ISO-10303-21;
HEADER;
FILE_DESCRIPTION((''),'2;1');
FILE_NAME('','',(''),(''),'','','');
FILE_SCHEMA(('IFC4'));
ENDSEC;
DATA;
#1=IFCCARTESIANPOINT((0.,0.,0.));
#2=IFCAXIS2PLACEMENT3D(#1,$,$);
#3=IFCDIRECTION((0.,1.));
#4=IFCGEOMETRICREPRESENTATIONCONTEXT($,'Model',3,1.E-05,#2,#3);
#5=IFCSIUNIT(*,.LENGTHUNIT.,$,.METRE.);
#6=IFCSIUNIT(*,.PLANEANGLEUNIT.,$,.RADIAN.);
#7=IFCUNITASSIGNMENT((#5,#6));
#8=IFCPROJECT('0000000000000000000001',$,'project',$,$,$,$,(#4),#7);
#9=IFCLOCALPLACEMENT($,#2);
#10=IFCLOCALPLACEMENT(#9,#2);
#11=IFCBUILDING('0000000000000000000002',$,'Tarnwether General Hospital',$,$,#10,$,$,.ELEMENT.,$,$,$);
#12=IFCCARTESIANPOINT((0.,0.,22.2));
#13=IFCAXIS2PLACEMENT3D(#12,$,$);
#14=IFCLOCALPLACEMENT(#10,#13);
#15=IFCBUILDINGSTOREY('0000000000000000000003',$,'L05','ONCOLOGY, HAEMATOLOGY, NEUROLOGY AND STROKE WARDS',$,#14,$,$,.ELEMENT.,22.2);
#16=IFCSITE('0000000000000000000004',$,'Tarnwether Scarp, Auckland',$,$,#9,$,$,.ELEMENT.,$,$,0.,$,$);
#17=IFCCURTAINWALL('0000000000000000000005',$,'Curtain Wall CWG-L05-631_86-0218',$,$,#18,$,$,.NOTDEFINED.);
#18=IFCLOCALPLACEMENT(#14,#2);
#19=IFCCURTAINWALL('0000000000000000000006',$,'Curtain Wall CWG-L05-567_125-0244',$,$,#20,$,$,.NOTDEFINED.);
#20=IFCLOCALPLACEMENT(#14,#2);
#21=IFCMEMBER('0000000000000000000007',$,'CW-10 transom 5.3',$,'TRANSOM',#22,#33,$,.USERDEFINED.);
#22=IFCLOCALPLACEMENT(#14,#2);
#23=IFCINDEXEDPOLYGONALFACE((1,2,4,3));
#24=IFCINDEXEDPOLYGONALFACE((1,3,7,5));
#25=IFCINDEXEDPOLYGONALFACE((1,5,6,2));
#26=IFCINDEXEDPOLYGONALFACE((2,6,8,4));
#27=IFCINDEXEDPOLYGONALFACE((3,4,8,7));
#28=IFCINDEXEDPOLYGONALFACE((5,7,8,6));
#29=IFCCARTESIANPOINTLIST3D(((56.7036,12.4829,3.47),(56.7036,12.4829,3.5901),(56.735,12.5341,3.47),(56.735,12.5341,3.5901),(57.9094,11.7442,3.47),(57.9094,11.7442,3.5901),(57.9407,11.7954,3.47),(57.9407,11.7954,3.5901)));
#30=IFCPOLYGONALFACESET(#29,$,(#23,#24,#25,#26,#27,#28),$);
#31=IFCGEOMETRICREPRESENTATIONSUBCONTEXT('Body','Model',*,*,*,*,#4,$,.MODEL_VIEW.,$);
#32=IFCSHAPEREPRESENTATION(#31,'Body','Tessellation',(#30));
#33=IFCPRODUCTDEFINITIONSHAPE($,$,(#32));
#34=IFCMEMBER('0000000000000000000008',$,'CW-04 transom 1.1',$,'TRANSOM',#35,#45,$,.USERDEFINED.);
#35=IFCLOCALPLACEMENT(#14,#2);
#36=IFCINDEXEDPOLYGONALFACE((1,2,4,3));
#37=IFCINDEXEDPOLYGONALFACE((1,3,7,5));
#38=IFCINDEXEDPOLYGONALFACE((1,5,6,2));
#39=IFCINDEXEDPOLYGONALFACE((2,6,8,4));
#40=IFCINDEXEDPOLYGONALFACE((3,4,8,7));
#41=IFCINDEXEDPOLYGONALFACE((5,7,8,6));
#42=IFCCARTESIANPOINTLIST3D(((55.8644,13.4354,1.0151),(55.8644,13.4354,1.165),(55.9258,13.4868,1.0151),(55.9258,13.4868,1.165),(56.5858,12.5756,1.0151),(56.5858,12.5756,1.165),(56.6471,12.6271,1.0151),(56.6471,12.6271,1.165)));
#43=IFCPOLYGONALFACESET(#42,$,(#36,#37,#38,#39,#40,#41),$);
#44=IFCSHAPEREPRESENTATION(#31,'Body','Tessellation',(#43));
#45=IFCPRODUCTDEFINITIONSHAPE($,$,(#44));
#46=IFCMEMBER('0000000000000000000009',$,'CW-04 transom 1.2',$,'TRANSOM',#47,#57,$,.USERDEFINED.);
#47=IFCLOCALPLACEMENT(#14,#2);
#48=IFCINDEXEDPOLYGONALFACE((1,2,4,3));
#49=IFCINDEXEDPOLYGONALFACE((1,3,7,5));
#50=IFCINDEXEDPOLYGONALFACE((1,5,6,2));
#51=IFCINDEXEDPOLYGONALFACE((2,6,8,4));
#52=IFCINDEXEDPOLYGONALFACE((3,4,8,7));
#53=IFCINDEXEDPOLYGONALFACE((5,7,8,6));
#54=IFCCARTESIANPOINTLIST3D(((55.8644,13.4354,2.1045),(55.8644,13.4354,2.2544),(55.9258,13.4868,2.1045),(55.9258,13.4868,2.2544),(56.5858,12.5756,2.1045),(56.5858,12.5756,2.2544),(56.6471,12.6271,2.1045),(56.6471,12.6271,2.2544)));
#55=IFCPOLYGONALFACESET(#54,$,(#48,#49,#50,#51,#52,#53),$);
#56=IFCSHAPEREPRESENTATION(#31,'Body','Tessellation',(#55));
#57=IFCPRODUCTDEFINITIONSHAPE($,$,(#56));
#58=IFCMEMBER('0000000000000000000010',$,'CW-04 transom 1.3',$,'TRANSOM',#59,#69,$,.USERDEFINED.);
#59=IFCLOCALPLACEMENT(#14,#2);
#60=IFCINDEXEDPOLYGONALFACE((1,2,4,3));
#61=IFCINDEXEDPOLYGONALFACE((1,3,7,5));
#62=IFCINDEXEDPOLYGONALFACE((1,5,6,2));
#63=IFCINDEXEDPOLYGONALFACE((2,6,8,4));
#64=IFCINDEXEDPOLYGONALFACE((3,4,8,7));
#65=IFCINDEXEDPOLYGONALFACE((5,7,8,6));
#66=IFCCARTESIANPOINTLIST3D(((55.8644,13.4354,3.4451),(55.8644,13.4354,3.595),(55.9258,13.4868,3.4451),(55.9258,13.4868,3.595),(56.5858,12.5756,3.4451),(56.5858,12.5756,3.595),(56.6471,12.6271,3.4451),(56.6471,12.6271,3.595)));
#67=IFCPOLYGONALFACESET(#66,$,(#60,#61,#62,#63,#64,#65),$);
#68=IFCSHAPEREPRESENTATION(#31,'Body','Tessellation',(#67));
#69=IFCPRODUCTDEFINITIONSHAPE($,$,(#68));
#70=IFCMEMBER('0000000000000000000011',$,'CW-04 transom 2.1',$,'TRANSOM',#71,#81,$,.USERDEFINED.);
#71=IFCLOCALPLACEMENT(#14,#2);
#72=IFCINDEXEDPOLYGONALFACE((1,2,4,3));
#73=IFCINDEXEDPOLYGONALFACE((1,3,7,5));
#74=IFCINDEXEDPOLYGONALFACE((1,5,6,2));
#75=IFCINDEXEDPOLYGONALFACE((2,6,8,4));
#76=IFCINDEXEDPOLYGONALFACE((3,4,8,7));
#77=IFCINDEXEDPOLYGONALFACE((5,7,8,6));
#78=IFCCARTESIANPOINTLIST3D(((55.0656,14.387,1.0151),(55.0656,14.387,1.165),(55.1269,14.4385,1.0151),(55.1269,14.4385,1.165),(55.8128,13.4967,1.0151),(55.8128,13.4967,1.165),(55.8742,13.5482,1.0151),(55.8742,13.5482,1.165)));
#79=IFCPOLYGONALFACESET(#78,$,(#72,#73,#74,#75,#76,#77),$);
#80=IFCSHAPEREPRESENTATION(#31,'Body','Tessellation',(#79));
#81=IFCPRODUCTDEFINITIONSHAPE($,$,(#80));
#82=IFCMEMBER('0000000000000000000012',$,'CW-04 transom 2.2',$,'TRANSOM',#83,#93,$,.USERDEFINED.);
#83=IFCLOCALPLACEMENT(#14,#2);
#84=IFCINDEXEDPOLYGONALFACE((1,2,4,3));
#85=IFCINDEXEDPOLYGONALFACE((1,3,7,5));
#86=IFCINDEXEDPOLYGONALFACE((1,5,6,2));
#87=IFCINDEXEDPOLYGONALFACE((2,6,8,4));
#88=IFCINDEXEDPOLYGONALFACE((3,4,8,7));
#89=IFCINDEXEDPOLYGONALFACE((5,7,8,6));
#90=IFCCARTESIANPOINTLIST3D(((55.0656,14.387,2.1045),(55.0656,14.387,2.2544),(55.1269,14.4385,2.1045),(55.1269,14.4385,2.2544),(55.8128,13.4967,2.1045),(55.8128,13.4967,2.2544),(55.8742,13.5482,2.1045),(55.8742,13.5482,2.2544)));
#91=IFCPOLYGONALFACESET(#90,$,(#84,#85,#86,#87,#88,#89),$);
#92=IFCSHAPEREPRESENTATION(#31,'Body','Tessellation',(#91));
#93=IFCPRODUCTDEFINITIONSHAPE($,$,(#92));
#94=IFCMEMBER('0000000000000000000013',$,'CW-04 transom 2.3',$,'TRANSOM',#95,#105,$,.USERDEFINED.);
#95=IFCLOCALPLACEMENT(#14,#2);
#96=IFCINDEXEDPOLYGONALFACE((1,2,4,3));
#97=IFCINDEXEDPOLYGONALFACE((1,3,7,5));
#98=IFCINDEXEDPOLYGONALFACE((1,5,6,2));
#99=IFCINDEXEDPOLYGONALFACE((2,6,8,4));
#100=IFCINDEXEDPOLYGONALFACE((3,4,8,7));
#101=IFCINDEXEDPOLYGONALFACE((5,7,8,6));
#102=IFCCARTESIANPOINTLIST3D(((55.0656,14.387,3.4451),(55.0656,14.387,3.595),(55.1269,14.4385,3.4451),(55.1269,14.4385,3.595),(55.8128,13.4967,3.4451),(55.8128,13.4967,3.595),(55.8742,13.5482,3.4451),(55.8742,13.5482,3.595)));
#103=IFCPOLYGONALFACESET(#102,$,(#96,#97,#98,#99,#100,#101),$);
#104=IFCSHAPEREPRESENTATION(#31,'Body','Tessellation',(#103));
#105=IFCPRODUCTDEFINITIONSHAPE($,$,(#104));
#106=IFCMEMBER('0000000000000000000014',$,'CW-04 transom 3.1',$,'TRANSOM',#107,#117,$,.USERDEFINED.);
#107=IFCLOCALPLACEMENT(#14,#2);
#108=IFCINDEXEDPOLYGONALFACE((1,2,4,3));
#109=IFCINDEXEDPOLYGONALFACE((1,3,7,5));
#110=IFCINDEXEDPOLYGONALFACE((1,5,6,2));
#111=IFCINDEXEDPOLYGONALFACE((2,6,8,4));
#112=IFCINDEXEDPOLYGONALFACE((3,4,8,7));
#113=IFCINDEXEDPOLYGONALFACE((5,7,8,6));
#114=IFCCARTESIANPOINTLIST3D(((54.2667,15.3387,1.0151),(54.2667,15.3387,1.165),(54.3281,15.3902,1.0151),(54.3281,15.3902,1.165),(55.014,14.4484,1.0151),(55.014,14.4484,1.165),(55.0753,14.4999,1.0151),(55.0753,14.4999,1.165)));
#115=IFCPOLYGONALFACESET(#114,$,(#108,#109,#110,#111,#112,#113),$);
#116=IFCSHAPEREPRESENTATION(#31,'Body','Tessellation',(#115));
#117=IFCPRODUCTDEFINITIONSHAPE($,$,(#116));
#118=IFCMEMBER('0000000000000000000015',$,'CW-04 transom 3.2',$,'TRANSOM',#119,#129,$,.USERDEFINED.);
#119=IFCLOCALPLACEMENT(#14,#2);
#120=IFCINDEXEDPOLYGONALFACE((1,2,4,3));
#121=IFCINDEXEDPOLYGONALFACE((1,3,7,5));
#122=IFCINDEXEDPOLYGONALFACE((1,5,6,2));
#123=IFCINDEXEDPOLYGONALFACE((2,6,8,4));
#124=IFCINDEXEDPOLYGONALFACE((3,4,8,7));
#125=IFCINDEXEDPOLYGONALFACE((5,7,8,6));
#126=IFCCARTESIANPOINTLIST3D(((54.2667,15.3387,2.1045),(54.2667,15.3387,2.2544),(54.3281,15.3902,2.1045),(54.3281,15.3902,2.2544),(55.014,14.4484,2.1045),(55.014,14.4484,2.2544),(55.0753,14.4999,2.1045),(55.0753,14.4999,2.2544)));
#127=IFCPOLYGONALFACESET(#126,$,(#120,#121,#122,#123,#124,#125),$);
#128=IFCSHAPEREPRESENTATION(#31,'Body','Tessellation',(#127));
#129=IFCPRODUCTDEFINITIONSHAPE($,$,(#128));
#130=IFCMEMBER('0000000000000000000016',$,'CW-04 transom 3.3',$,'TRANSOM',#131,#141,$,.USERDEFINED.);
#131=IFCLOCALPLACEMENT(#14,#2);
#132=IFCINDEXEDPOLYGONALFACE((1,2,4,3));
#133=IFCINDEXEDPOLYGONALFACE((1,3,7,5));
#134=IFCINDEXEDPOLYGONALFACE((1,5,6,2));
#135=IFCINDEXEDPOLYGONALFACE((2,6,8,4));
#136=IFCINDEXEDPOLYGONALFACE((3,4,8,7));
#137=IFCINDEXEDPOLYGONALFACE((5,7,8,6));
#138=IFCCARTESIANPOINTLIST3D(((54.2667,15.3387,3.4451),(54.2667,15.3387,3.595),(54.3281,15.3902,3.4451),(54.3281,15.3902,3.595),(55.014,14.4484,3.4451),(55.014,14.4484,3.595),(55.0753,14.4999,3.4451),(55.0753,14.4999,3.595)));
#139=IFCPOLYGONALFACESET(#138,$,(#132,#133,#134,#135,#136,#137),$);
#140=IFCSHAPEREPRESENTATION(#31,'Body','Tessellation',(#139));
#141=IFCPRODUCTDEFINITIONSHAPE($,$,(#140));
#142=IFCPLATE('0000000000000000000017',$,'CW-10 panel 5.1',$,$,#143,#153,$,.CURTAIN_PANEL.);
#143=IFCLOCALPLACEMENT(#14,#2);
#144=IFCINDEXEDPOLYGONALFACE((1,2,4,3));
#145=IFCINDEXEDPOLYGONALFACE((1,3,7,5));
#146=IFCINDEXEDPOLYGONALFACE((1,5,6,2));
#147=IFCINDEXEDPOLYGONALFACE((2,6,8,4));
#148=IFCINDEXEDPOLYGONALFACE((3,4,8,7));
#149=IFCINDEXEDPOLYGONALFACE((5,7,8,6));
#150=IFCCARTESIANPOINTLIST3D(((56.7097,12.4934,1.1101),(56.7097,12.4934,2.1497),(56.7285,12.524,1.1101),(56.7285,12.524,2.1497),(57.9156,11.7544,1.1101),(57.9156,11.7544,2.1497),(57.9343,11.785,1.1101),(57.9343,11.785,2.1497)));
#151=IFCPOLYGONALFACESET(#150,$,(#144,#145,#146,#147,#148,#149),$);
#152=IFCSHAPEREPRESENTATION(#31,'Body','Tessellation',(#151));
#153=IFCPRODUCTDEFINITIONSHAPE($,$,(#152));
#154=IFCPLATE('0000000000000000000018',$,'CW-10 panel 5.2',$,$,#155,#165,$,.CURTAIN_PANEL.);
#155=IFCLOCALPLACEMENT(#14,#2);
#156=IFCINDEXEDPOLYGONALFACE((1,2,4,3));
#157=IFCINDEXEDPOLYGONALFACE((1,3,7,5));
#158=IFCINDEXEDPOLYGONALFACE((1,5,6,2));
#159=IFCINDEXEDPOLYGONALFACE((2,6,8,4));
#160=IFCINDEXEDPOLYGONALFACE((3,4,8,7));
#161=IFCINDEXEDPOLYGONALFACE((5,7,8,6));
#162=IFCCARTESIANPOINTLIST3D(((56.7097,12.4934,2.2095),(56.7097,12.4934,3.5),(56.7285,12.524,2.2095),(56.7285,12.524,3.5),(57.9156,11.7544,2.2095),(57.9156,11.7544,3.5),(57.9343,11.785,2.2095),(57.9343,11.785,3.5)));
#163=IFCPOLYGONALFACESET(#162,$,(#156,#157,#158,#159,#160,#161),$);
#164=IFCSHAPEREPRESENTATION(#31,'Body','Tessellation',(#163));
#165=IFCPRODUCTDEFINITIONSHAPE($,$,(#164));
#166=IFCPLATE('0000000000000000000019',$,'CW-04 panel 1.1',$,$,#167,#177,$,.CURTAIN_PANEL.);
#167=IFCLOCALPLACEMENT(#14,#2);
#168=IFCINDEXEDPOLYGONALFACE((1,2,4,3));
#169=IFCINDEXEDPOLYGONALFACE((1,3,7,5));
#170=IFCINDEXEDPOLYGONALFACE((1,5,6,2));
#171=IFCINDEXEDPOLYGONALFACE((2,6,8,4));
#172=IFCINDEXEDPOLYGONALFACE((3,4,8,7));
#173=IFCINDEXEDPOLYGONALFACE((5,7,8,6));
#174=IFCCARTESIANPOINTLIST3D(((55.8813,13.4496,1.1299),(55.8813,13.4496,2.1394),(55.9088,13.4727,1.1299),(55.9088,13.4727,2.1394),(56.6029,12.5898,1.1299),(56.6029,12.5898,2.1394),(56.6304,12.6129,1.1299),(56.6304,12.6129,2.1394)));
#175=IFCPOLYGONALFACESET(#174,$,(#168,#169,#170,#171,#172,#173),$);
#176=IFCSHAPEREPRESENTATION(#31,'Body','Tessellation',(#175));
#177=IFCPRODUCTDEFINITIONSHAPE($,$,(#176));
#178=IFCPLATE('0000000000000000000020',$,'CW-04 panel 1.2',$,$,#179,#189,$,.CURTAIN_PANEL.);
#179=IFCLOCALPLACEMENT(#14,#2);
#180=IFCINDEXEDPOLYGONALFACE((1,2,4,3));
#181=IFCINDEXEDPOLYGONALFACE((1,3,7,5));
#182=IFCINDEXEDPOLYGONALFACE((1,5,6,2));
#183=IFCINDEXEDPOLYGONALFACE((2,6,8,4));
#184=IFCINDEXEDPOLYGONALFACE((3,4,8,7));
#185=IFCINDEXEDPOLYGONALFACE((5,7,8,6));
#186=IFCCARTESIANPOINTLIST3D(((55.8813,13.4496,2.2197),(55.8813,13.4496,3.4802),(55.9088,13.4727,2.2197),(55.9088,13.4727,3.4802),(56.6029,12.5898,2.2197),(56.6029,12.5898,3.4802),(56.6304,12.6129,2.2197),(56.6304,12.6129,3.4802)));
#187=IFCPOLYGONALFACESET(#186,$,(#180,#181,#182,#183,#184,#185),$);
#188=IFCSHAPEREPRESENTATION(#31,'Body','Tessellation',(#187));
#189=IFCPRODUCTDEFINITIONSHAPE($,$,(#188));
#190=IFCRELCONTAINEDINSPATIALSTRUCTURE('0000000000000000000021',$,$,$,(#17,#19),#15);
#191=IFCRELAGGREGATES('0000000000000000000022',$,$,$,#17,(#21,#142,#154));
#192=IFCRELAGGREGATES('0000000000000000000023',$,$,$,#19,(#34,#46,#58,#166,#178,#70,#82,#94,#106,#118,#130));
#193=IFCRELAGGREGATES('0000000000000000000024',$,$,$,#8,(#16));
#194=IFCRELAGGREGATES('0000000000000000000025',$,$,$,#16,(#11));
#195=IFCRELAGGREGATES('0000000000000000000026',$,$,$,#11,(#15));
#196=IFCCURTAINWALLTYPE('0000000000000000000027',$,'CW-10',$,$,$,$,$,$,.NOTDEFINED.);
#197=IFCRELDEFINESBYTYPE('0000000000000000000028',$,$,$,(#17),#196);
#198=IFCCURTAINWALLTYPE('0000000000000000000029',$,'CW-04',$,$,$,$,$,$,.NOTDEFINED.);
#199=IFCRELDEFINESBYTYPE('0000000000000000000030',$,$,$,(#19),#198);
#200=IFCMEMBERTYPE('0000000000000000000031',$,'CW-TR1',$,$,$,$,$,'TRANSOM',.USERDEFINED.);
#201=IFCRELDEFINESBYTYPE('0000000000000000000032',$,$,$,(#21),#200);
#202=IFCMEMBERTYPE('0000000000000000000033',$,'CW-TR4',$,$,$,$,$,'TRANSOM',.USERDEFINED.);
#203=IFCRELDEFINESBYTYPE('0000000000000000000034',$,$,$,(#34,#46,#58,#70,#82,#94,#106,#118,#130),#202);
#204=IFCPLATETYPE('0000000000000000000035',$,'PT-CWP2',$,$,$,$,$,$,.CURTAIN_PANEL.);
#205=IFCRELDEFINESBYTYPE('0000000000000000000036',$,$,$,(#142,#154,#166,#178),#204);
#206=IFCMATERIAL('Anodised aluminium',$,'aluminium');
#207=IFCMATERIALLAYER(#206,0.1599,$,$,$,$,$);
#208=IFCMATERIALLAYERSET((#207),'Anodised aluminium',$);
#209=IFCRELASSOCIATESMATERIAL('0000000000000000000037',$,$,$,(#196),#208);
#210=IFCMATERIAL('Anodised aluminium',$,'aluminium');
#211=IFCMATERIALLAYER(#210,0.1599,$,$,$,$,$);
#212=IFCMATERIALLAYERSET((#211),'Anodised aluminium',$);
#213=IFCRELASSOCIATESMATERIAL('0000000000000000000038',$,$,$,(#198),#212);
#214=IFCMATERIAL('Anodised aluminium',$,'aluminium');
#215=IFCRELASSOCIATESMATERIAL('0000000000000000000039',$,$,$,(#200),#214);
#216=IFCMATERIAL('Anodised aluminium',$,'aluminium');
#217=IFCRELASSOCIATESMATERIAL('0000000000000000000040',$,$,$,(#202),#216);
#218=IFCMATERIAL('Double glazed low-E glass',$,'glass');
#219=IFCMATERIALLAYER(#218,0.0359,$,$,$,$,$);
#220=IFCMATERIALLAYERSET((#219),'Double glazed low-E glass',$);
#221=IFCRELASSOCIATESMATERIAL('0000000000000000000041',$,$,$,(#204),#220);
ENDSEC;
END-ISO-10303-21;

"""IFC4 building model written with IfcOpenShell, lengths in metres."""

from ifc_helpers import new_model, si_unit, direction, frame, origin, origin_2d, place, context, subcontext, project, spatial, rectangle, extrude, material, layer, layer_set, material_profile, profile_set, type_object, element, aggregate, save


model = new_model("IFC4")

# Units and contexts
model_context = context("Model", 3, precision=1e-05, world=origin(), true_north=direction((0.0, 1.0)))
body_context = subcontext(model_context, "Body", "Model", "MODEL_VIEW")
ifc_project = project(units=[si_unit("LENGTHUNIT", "METRE"), si_unit("PLANEANGLEUNIT", "RADIAN")], contexts=[model_context])

# Site, building, storey
site_placement = place(None, origin())
site = spatial("IfcSite", under=ifc_project, at=site_placement, Name="Tarnwether Scarp, Auckland", CompositionType="ELEMENT", RefElevation=0.0)
building_placement = place(site_placement, origin())
building = spatial("IfcBuilding", under=site, at=building_placement, Name="Tarnwether General Hospital", CompositionType="ELEMENT")
storey_placement = place(building_placement, frame((0.0, 0.0, 22.2)))
storey = spatial("IfcBuildingStorey", under=building, at=storey_placement, Name="L05", Description="ONCOLOGY, HAEMATOLOGY, NEUROLOGY AND STROKE WARDS", CompositionType="ELEMENT", Elevation=22.2)

# Curtain walls
ifc_material_1 = material(Name="Anodised aluminium", Category="aluminium")
ifc_layer_1 = layer(ifc_material_1, 0.1599)
ifc_layer_set_1 = layer_set([ifc_layer_1], Name="Anodised aluminium")
curtain_wall_type_1 = type_object("IfcCurtainWallType", Name="CW-10", PredefinedType="NOTDEFINED", material=ifc_layer_set_1)
curtain_wall_1_placement = place(storey_placement, origin())
curtain_wall_1 = element("IfcCurtainWall", 1, at=curtain_wall_1_placement, inside=storey, type_object=curtain_wall_type_1, Name="Curtain Wall CWG-L05-631_86-0218", PredefinedType="NOTDEFINED")
ifc_material_2 = material(Name="Anodised aluminium", Category="aluminium")
ifc_layer_2 = layer(ifc_material_2, 0.1599)
ifc_layer_set_2 = layer_set([ifc_layer_2], Name="Anodised aluminium")
curtain_wall_type_2 = type_object("IfcCurtainWallType", Name="CW-04", PredefinedType="NOTDEFINED", material=ifc_layer_set_2)
curtain_wall_2_placement = place(storey_placement, origin())
curtain_wall_2 = element("IfcCurtainWall", 2, at=curtain_wall_2_placement, inside=storey, type_object=curtain_wall_type_2, Name="Curtain Wall CWG-L05-567_125-0244", PredefinedType="NOTDEFINED")

# Members
ifc_material_3 = material(Name="Anodised aluminium", Category="aluminium")
ifc_material_profile_1 = material_profile(ifc_material_3, rectangle(XDim=0.0601, YDim=0.1201, at=origin_2d()), Name="ALU-TRN-60x120")
ifc_profile_set_1 = profile_set([ifc_material_profile_1], Name="Anodised aluminium")
member_type_1 = type_object("IfcMemberType", Name="CW-TR1", ElementType="TRANSOM", PredefinedType="USERDEFINED", material=ifc_profile_set_1)
member_1_placement = place(storey_placement, frame((57.925, 11.7698, 3.53), z_axis=(-0.852688, 0.52242, 0.0), x_axis=(-0.52242, -0.852688, 0.0)))
member_1 = element("IfcMember", 3, at=member_1_placement, type_object=member_type_1, Name="CW-10 transom 5.3", ObjectType="TRANSOM", PredefinedType="USERDEFINED", context=body_context, shape_type="SweptSolid", body=[
    extrude(rectangle(XDim=0.0601, YDim=0.1201, at=origin_2d()), origin(), (0.0, 0.0, 1.0), 1.4141),
])
ifc_material_4 = material(Name="Anodised aluminium", Category="aluminium")
ifc_material_profile_2 = material_profile(ifc_material_4, rectangle(XDim=0.0801, YDim=0.1499, at=origin_2d()), Name="ALU-TRN-80x150")
ifc_profile_set_2 = profile_set([ifc_material_profile_2], Name="Anodised aluminium")
member_type_2 = type_object("IfcMemberType", Name="CW-TR4", ElementType="TRANSOM", PredefinedType="USERDEFINED", material=ifc_profile_set_2)
member_2_placement = place(storey_placement, frame((56.6165, 12.6013, 1.0901), z_axis=(-0.642748, 0.766078, 0.0), x_axis=(-0.766078, -0.642748, 0.0)))
member_2 = element("IfcMember", 4, at=member_2_placement, type_object=member_type_2, Name="CW-04 transom 1.1", ObjectType="TRANSOM", PredefinedType="USERDEFINED", context=body_context, shape_type="SweptSolid", body=[
    extrude(rectangle(XDim=0.0801, YDim=0.1499, at=origin_2d()), origin(), (0.0, 0.0, 1.0), 1.1223),
])
member_3_placement = place(storey_placement, frame((56.6165, 12.6013, 2.1794), z_axis=(-0.642748, 0.766078, 0.0), x_axis=(-0.766078, -0.642748, 0.0)))
member_3 = element("IfcMember", 5, at=member_3_placement, type_object=member_type_2, Name="CW-04 transom 1.2", ObjectType="TRANSOM", PredefinedType="USERDEFINED", context=body_context, shape_type="SweptSolid", body=[
    extrude(rectangle(XDim=0.0801, YDim=0.1499, at=origin_2d()), origin(), (0.0, 0.0, 1.0), 1.1223),
])
member_4_placement = place(storey_placement, frame((56.6165, 12.6013, 3.52), z_axis=(-0.642748, 0.766078, 0.0), x_axis=(-0.766078, -0.642748, 0.0)))
member_4 = element("IfcMember", 6, at=member_4_placement, type_object=member_type_2, Name="CW-04 transom 1.3", ObjectType="TRANSOM", PredefinedType="USERDEFINED", context=body_context, shape_type="SweptSolid", body=[
    extrude(rectangle(XDim=0.0801, YDim=0.1499, at=origin_2d()), origin(), (0.0, 0.0, 1.0), 1.1223),
])
member_5_placement = place(storey_placement, frame((55.8435, 13.5225, 1.0901), z_axis=(-0.642887, 0.765961, 0.0), x_axis=(-0.765961, -0.642887, 0.0)))
member_5 = element("IfcMember", 7, at=member_5_placement, type_object=member_type_2, Name="CW-04 transom 2.1", ObjectType="TRANSOM", PredefinedType="USERDEFINED", context=body_context, shape_type="SweptSolid", body=[
    extrude(rectangle(XDim=0.0801, YDim=0.1499, at=origin_2d()), origin(), (0.0, 0.0, 1.0), 1.1624),
])
member_6_placement = place(storey_placement, frame((55.8435, 13.5225, 2.1794), z_axis=(-0.642887, 0.765961, 0.0), x_axis=(-0.765961, -0.642887, 0.0)))
member_6 = element("IfcMember", 8, at=member_6_placement, type_object=member_type_2, Name="CW-04 transom 2.2", ObjectType="TRANSOM", PredefinedType="USERDEFINED", context=body_context, shape_type="SweptSolid", body=[
    extrude(rectangle(XDim=0.0801, YDim=0.1499, at=origin_2d()), origin(), (0.0, 0.0, 1.0), 1.1624),
])
member_7_placement = place(storey_placement, frame((55.8435, 13.5225, 3.52), z_axis=(-0.642887, 0.765961, 0.0), x_axis=(-0.765961, -0.642887, 0.0)))
member_7 = element("IfcMember", 9, at=member_7_placement, type_object=member_type_2, Name="CW-04 transom 2.3", ObjectType="TRANSOM", PredefinedType="USERDEFINED", context=body_context, shape_type="SweptSolid", body=[
    extrude(rectangle(XDim=0.0801, YDim=0.1499, at=origin_2d()), origin(), (0.0, 0.0, 1.0), 1.1624),
])
member_8_placement = place(storey_placement, frame((55.0447, 14.4741, 1.0901), z_axis=(-0.642887, 0.765961, 0.0), x_axis=(-0.765961, -0.642887, 0.0)))
member_8 = element("IfcMember", 10, at=member_8_placement, type_object=member_type_2, Name="CW-04 transom 3.1", ObjectType="TRANSOM", PredefinedType="USERDEFINED", context=body_context, shape_type="SweptSolid", body=[
    extrude(rectangle(XDim=0.0801, YDim=0.1499, at=origin_2d()), origin(), (0.0, 0.0, 1.0), 1.1624),
])
member_9_placement = place(storey_placement, frame((55.0447, 14.4741, 2.1794), z_axis=(-0.642887, 0.765961, 0.0), x_axis=(-0.765961, -0.642887, 0.0)))
member_9 = element("IfcMember", 11, at=member_9_placement, type_object=member_type_2, Name="CW-04 transom 3.2", ObjectType="TRANSOM", PredefinedType="USERDEFINED", context=body_context, shape_type="SweptSolid", body=[
    extrude(rectangle(XDim=0.0801, YDim=0.1499, at=origin_2d()), origin(), (0.0, 0.0, 1.0), 1.1624),
])
member_10_placement = place(storey_placement, frame((55.0447, 14.4741, 3.52), z_axis=(-0.642887, 0.765961, 0.0), x_axis=(-0.765961, -0.642887, 0.0)))
member_10 = element("IfcMember", 12, at=member_10_placement, type_object=member_type_2, Name="CW-04 transom 3.3", ObjectType="TRANSOM", PredefinedType="USERDEFINED", context=body_context, shape_type="SweptSolid", body=[
    extrude(rectangle(XDim=0.0801, YDim=0.1499, at=origin_2d()), origin(), (0.0, 0.0, 1.0), 1.1624),
])

# Plates
ifc_material_5 = material(Name="Double glazed low-E glass", Category="glass")
ifc_layer_3 = layer(ifc_material_5, 0.0359)
ifc_layer_set_3 = layer_set([ifc_layer_3], Name="Double glazed low-E glass")
plate_type = type_object("IfcPlateType", Name="PT-CWP2", PredefinedType="CURTAIN_PANEL", material=ifc_layer_set_3)
plate_1_placement = place(storey_placement, frame((57.322, 12.1392, 1.1101), z_axis=(0.0, 0.0, 1.0), x_axis=(-0.852634, 0.522509, 0.0)))
plate_1 = element("IfcPlate", 13, at=plate_1_placement, type_object=plate_type, Name="CW-10 panel 5.1", PredefinedType="CURTAIN_PANEL", context=body_context, shape_type="SweptSolid", body=[
    extrude(rectangle(XDim=1.4143, YDim=0.0359, at=origin_2d()), origin(), (0.0, 0.0, 1.0), 1.0396),
])
plate_2_placement = place(storey_placement, frame((57.322, 12.1392, 2.2095), z_axis=(0.0, 0.0, 1.0), x_axis=(-0.852634, 0.522509, 0.0)))
plate_2 = element("IfcPlate", 14, at=plate_2_placement, type_object=plate_type, Name="CW-10 panel 5.2", PredefinedType="CURTAIN_PANEL", context=body_context, shape_type="SweptSolid", body=[
    extrude(rectangle(XDim=1.4143, YDim=0.0359, at=origin_2d()), origin(), (0.0, 0.0, 1.0), 1.2905),
])
aggregate(curtain_wall_1, [member_1, plate_1, plate_2])
plate_3_placement = place(storey_placement, frame((56.2559, 13.0312, 1.1299), z_axis=(0.0, 0.0, 1.0), x_axis=(-0.642852, 0.76599, 0.0)))
plate_3 = element("IfcPlate", 15, at=plate_3_placement, type_object=plate_type, Name="CW-04 panel 1.1", PredefinedType="CURTAIN_PANEL", context=body_context, shape_type="SweptSolid", body=[
    extrude(rectangle(XDim=1.1226, YDim=0.0359, at=origin_2d()), origin(), (0.0, 0.0, 1.0), 1.0095),
])
plate_4_placement = place(storey_placement, frame((56.2559, 13.0312, 2.2197), z_axis=(0.0, 0.0, 1.0), x_axis=(-0.642852, 0.76599, 0.0)))
plate_4 = element("IfcPlate", 16, at=plate_4_placement, type_object=plate_type, Name="CW-04 panel 1.2", PredefinedType="CURTAIN_PANEL", context=body_context, shape_type="SweptSolid", body=[
    extrude(rectangle(XDim=1.1226, YDim=0.0359, at=origin_2d()), origin(), (0.0, 0.0, 1.0), 1.2605),
])
aggregate(curtain_wall_2, [member_2, member_3, member_4, plate_3, plate_4, member_5, member_6, member_7, member_8, member_9, member_10])

save(model, "model.ifc")
